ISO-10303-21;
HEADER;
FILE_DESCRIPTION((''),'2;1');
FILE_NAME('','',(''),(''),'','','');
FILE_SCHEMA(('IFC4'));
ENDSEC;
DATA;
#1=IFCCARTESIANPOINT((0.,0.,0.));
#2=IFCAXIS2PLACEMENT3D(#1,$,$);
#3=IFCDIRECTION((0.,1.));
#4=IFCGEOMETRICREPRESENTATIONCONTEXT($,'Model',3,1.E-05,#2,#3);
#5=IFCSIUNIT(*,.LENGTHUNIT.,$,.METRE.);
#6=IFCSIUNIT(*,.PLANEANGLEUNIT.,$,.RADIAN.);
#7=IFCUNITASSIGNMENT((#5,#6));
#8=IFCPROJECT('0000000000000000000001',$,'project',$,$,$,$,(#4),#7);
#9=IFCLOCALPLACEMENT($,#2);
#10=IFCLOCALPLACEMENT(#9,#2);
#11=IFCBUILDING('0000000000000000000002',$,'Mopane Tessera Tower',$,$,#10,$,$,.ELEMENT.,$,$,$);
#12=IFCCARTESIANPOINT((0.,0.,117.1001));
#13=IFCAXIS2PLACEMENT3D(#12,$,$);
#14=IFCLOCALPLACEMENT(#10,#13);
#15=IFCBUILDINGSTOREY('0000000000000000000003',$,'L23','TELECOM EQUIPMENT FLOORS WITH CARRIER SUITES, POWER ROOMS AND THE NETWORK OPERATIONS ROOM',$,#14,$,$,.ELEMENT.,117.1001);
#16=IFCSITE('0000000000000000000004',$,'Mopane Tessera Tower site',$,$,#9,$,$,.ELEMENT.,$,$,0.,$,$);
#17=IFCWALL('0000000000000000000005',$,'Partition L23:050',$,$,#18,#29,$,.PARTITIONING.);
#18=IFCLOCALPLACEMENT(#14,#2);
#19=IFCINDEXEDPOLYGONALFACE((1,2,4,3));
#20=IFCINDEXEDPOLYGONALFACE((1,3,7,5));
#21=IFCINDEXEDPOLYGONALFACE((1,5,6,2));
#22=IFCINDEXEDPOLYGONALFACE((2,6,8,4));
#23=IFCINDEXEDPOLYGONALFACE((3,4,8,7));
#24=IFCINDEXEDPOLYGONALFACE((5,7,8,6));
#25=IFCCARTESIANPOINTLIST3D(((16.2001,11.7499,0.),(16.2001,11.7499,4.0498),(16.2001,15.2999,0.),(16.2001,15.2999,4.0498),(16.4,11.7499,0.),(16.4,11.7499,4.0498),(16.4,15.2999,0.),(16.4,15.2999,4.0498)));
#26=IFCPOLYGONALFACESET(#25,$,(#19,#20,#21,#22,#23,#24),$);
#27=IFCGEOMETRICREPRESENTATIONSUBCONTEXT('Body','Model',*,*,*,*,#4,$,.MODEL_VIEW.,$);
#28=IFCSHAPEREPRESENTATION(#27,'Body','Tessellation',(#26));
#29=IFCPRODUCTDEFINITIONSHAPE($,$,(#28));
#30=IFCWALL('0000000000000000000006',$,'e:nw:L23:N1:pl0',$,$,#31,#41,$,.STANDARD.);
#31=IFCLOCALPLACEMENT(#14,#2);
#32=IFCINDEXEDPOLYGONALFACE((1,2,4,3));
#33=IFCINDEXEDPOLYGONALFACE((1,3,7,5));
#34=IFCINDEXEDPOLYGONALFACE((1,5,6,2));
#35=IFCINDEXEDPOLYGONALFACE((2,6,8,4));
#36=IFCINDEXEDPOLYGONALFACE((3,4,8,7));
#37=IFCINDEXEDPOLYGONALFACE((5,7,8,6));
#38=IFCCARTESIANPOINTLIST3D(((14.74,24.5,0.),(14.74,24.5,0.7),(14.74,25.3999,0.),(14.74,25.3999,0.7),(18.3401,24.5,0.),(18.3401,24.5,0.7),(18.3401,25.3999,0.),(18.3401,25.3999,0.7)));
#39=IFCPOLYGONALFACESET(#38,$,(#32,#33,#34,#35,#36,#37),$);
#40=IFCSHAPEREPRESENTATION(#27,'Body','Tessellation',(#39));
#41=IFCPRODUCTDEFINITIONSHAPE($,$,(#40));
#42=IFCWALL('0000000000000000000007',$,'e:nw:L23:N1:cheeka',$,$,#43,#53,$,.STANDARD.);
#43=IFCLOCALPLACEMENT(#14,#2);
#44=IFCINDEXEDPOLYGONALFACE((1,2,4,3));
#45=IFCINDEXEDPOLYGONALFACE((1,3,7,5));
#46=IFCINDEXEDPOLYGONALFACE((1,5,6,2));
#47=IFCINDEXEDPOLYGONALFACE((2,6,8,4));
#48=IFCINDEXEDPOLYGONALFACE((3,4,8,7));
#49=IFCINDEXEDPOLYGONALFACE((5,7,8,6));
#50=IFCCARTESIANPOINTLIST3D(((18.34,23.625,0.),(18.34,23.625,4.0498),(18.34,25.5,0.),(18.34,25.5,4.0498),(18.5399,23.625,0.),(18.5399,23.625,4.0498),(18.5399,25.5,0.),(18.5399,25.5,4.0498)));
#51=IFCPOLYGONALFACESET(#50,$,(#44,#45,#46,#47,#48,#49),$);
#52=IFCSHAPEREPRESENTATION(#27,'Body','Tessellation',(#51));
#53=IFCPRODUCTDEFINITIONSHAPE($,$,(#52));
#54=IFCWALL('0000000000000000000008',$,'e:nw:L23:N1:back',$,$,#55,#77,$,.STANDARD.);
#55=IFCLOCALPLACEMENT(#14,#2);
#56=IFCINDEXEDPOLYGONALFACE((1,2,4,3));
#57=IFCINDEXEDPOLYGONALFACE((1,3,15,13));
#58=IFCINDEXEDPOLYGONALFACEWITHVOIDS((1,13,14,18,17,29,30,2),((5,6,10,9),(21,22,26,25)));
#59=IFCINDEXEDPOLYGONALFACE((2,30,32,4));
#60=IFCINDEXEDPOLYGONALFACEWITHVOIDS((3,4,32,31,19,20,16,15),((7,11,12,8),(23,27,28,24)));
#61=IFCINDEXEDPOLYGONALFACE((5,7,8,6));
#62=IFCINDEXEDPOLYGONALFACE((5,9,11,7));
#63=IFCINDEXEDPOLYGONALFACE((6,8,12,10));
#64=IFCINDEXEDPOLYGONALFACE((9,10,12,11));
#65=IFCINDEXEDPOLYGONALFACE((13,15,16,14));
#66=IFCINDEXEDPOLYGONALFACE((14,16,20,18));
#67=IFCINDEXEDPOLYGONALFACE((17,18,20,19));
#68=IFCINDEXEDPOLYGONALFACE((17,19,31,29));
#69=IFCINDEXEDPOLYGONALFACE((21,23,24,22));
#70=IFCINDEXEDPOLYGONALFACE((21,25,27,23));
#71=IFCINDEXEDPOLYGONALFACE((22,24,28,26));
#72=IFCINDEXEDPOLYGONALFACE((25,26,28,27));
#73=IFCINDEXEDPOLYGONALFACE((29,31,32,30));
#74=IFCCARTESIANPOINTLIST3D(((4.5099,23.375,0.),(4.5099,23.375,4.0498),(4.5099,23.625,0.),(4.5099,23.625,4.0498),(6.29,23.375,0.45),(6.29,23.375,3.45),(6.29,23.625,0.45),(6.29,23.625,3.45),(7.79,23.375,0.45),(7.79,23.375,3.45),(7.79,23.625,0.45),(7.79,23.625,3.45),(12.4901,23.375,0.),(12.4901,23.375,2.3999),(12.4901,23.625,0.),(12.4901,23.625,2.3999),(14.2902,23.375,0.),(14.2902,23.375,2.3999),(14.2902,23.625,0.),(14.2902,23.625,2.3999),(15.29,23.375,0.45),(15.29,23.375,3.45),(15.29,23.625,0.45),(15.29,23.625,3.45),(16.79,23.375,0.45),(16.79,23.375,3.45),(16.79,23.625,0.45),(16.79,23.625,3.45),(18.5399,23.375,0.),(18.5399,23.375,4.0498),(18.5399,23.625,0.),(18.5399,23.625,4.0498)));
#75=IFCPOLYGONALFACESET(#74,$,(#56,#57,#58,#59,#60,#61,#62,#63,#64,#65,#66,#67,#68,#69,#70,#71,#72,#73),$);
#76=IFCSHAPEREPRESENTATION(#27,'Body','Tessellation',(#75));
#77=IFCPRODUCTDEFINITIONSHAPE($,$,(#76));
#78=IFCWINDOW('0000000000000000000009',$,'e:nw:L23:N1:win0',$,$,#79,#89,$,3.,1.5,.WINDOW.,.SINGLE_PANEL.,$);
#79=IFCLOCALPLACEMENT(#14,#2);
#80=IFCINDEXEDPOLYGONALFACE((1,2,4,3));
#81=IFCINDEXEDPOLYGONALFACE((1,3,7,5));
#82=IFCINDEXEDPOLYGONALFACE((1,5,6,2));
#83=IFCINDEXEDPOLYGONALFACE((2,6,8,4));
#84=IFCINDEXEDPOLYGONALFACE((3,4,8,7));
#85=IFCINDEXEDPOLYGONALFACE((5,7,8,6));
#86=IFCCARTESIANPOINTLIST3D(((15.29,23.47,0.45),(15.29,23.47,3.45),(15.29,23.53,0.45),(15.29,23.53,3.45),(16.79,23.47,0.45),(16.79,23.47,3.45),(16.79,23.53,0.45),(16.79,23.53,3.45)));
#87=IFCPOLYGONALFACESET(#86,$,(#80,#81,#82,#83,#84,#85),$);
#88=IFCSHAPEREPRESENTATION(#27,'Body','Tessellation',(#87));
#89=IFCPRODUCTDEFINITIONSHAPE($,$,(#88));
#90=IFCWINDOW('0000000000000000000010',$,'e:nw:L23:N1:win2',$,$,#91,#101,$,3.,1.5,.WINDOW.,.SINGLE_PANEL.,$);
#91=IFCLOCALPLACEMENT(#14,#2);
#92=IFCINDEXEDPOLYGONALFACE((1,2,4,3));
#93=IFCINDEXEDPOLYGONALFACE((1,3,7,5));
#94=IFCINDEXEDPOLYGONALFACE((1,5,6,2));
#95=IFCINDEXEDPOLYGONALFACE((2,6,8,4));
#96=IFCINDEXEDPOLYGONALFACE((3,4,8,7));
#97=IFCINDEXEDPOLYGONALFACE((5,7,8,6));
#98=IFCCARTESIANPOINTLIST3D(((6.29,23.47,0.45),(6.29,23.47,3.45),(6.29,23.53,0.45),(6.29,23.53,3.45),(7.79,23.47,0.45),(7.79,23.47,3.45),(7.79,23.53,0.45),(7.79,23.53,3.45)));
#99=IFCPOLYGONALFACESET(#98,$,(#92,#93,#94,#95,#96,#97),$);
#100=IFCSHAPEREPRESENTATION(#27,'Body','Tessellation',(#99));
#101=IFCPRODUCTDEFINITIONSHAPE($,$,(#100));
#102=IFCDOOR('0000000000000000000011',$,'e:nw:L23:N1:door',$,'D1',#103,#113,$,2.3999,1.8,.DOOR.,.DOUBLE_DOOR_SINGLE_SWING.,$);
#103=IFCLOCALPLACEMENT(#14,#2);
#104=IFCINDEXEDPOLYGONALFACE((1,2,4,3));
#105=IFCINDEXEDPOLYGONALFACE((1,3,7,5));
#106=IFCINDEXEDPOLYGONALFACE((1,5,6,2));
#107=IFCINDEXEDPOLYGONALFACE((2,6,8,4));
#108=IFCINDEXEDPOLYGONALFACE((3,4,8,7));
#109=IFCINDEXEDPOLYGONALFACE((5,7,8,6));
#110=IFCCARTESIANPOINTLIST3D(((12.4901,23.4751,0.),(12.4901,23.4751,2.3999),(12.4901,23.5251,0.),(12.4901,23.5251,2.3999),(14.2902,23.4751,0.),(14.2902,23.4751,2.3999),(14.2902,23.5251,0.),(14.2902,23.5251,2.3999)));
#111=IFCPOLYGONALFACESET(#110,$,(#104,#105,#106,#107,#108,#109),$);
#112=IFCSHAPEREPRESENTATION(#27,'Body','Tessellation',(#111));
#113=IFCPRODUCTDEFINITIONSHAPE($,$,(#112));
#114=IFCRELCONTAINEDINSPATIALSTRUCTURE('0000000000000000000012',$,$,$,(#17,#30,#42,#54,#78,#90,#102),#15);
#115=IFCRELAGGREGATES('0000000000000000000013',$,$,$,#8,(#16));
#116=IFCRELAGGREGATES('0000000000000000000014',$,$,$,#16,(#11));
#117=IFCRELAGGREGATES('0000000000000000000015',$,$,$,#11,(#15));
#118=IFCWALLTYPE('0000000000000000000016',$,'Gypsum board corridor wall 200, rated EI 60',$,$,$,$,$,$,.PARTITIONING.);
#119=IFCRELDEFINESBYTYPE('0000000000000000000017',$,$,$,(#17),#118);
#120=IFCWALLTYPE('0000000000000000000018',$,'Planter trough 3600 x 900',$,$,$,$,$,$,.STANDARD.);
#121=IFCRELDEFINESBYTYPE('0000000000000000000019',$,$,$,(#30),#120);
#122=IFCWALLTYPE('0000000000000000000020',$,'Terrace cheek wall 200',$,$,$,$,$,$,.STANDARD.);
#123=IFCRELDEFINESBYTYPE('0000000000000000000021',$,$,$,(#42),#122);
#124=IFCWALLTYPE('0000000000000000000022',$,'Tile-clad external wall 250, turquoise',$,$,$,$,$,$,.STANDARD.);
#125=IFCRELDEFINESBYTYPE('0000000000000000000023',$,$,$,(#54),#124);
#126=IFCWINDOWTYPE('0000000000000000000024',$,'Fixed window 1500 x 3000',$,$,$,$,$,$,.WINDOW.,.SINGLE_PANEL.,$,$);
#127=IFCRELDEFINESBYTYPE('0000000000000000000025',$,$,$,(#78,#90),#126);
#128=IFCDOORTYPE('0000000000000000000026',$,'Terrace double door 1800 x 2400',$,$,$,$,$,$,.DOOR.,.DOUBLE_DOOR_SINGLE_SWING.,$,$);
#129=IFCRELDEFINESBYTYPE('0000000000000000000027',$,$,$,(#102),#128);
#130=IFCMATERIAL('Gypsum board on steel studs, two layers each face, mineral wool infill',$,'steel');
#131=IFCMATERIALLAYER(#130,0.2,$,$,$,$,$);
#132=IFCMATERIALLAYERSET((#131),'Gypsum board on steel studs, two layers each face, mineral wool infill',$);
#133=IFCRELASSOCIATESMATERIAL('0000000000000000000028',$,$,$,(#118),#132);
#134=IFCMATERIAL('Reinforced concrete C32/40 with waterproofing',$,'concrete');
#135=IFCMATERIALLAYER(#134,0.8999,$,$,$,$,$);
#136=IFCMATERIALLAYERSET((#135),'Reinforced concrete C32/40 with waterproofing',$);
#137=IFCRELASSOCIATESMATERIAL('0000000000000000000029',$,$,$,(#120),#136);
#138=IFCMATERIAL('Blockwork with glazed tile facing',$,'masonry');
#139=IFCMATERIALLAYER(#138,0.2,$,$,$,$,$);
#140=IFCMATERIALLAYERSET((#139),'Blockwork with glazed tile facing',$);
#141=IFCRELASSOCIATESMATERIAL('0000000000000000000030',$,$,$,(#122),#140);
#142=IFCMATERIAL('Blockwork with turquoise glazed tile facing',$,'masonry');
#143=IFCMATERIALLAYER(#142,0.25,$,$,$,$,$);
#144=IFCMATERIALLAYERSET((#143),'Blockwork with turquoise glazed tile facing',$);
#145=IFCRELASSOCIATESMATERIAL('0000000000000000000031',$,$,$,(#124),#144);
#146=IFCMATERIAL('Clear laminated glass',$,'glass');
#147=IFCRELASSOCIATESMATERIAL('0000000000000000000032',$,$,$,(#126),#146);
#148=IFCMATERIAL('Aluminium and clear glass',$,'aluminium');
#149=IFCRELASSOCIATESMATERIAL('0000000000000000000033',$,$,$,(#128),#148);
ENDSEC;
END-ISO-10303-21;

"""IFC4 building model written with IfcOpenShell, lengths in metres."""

from ifc_helpers import new_model, si_unit, direction, frame, frame_2d, origin, place, context, subcontext, project, spatial, rectangle, extrude, material, layer, layer_set, type_object, element, fill, save


model = new_model("IFC4")

# Units and contexts
model_context = context("Model", 3, precision=1e-05, world=origin(), true_north=direction((0.0, 1.0)))
body_context = subcontext(model_context, "Body", "Model", "MODEL_VIEW")
ifc_project = project(units=[si_unit("LENGTHUNIT", "METRE"), si_unit("PLANEANGLEUNIT", "RADIAN")], contexts=[model_context])

# Site, building, storey
site_placement = place(None, origin())
site = spatial("IfcSite", under=ifc_project, at=site_placement, Name="Mopane Tessera Tower site", CompositionType="ELEMENT", RefElevation=0.0)
building_placement = place(site_placement, origin())
building = spatial("IfcBuilding", under=site, at=building_placement, Name="Mopane Tessera Tower", CompositionType="ELEMENT")
storey_placement = place(building_placement, frame((0.0, 0.0, 117.1001)))
storey = spatial("IfcBuildingStorey", under=building, at=storey_placement, Name="L23", Description="TELECOM EQUIPMENT FLOORS WITH CARRIER SUITES, POWER ROOMS AND THE NETWORK OPERATIONS ROOM", CompositionType="ELEMENT", Elevation=117.1001)

# Walls
ifc_material_1 = material(Name="Gypsum board on steel studs, two layers each face, mineral wool infill", Category="steel")
ifc_layer_1 = layer(ifc_material_1, 0.2)
ifc_layer_set_1 = layer_set([ifc_layer_1], Name="Gypsum board on steel studs, two layers each face, mineral wool infill")
wall_type_1 = type_object("IfcWallType", Name="Gypsum board corridor wall 200, rated EI 60", PredefinedType="PARTITIONING", material=ifc_layer_set_1)
wall_1_placement = place(storey_placement, frame((16.3, 11.75, 0.0), z_axis=(0.0, 0.0, 1.0), x_axis=(0.0, 1.0, 0.0)))
element("IfcWall", 1, at=wall_1_placement, inside=storey, type_object=wall_type_1, Name="Partition L23:050", PredefinedType="PARTITIONING", context=body_context, shape_type="SweptSolid", body=[
    extrude(rectangle(XDim=3.55, YDim=0.2, at=frame_2d((1.7749, 0.0))), origin(), (0.0, 0.0, 1.0), 4.0498),
])
ifc_material_2 = material(Name="Reinforced concrete C32/40 with waterproofing", Category="concrete")
ifc_layer_2 = layer(ifc_material_2, 0.8999)
ifc_layer_set_2 = layer_set([ifc_layer_2], Name="Reinforced concrete C32/40 with waterproofing")
wall_type_2 = type_object("IfcWallType", Name="Planter trough 3600 x 900", PredefinedType="STANDARD", material=ifc_layer_set_2)
wall_2_placement = place(storey_placement, frame((18.3401, 24.95, 0.0), z_axis=(0.0, 0.0, 1.0), x_axis=(-1.0, 0.0, 0.0)))
element("IfcWall", 2, at=wall_2_placement, inside=storey, type_object=wall_type_2, Name="e:nw:L23:N1:pl0", PredefinedType="STANDARD", context=body_context, shape_type="SweptSolid", body=[
    extrude(rectangle(XDim=3.6001, YDim=0.8999, at=frame_2d((1.8, 0.0))), origin(), (0.0, 0.0, 1.0), 0.7),
])
ifc_material_3 = material(Name="Blockwork with glazed tile facing", Category="masonry")
ifc_layer_3 = layer(ifc_material_3, 0.2)
ifc_layer_set_3 = layer_set([ifc_layer_3], Name="Blockwork with glazed tile facing")
wall_type_3 = type_object("IfcWallType", Name="Terrace cheek wall 200", PredefinedType="STANDARD", material=ifc_layer_set_3)
wall_3_placement = place(storey_placement, frame((18.4399, 25.5, 0.0), z_axis=(0.0, 0.0, 1.0), x_axis=(0.0, -1.0, 0.0)))
element("IfcWall", 3, at=wall_3_placement, inside=storey, type_object=wall_type_3, Name="e:nw:L23:N1:cheeka", PredefinedType="STANDARD", context=body_context, shape_type="SweptSolid", body=[
    extrude(rectangle(XDim=1.875, YDim=0.2, at=frame_2d((0.9375, 0.0))), origin(), (0.0, 0.0, 1.0), 4.0498),
])

# Wall, openings, windows, door
ifc_material_4 = material(Name="Blockwork with turquoise glazed tile facing", Category="masonry")
ifc_layer_4 = layer(ifc_material_4, 0.25)
ifc_layer_set_4 = layer_set([ifc_layer_4], Name="Blockwork with turquoise glazed tile facing")
wall_type_4 = type_object("IfcWallType", Name="Tile-clad external wall 250, turquoise", PredefinedType="STANDARD", material=ifc_layer_set_4)
wall_4_placement = place(storey_placement, frame((18.54, 23.5, 0.0), z_axis=(0.0, 0.0, 1.0), x_axis=(-1.0, 0.0, 0.0)))
wall_4 = element("IfcWall", 4, at=wall_4_placement, inside=storey, type_object=wall_type_4, Name="e:nw:L23:N1:back", PredefinedType="STANDARD", context=body_context, shape_type="SweptSolid", body=[
    extrude(rectangle(XDim=14.03, YDim=0.25, at=frame_2d((7.0151, 0.0))), origin(), (0.0, 0.0, 1.0), 4.0498),
])
opening_1_placement = place(wall_4_placement, frame((1.75, 0.0, 0.45)))
opening_1 = element("IfcOpeningElement", 5, at=opening_1_placement, cuts=wall_4, PredefinedType="OPENING", context=body_context, shape_type="SweptSolid", body=[
    extrude(rectangle(XDim=1.5, YDim=3.0, at=frame_2d((0.75, 1.5))), frame((0.0, 0.137, 0.0), z_axis=(0.0, -1.0, 0.0), x_axis=(1.0, 0.0, 0.0)), (0.0, 0.0, 1.0), 0.2739),
])
opening_2_placement = place(wall_4_placement, frame((4.25, 0.0, 0.0)))
opening_2 = element("IfcOpeningElement", 6, at=opening_2_placement, cuts=wall_4, PredefinedType="OPENING", context=body_context, shape_type="SweptSolid", body=[
    extrude(rectangle(XDim=1.8, YDim=2.3999, at=frame_2d((0.8999, 1.2))), frame((0.0, 0.137, 0.0), z_axis=(0.0, -1.0, 0.0), x_axis=(1.0, 0.0, 0.0)), (0.0, 0.0, 1.0), 0.2739),
])
opening_3_placement = place(wall_4_placement, frame((10.75, 0.0, 0.45)))
opening_3 = element("IfcOpeningElement", 7, at=opening_3_placement, cuts=wall_4, PredefinedType="OPENING", context=body_context, shape_type="SweptSolid", body=[
    extrude(rectangle(XDim=1.5, YDim=3.0, at=frame_2d((0.75, 1.5))), frame((0.0, 0.137, 0.0), z_axis=(0.0, -1.0, 0.0), x_axis=(1.0, 0.0, 0.0)), (0.0, 0.0, 1.0), 0.2739),
])
ifc_material_5 = material(Name="Clear laminated glass", Category="glass")
window_type = type_object("IfcWindowType", Name="Fixed window 1500 x 3000", PartitioningType="SINGLE_PANEL", PredefinedType="WINDOW", material=ifc_material_5)
window_1_placement = place(opening_1_placement, origin())
window_1 = element("IfcWindow", 8, at=window_1_placement, inside=storey, type_object=window_type, Name="e:nw:L23:N1:win0", OverallHeight=3.0, OverallWidth=1.5, PartitioningType="SINGLE_PANEL", PredefinedType="WINDOW", context=body_context, shape_type="SweptSolid", body=[
    extrude(rectangle(XDim=1.5, YDim=3.0, at=frame_2d((0.75, 1.5))), frame((0.0, 0.03, 0.0), z_axis=(0.0, -1.0, 0.0), x_axis=(1.0, 0.0, 0.0)), (0.0, 0.0, 1.0), 0.0601),
])
fill(opening_1, window_1)
window_2_placement = place(opening_3_placement, origin())
window_2 = element("IfcWindow", 9, at=window_2_placement, inside=storey, type_object=window_type, Name="e:nw:L23:N1:win2", OverallHeight=3.0, OverallWidth=1.5, PartitioningType="SINGLE_PANEL", PredefinedType="WINDOW", context=body_context, shape_type="SweptSolid", body=[
    extrude(rectangle(XDim=1.5, YDim=3.0, at=frame_2d((0.75, 1.5))), frame((0.0, 0.03, 0.0), z_axis=(0.0, -1.0, 0.0), x_axis=(1.0, 0.0, 0.0)), (0.0, 0.0, 1.0), 0.0601),
])
fill(opening_3, window_2)
ifc_material_6 = material(Name="Aluminium and clear glass", Category="aluminium")
door_type = type_object("IfcDoorType", Name="Terrace double door 1800 x 2400", OperationType="DOUBLE_DOOR_SINGLE_SWING", PredefinedType="DOOR", material=ifc_material_6)
door_placement = place(opening_2_placement, origin())
door = element("IfcDoor", 10, at=door_placement, inside=storey, type_object=door_type, Name="e:nw:L23:N1:door", ObjectType="D1", OperationType="DOUBLE_DOOR_SINGLE_SWING", OverallHeight=2.3999, OverallWidth=1.8, PredefinedType="DOOR", context=body_context, shape_type="SweptSolid", body=[
    extrude(rectangle(XDim=1.8, YDim=2.3999, at=frame_2d((0.8999, 1.2))), frame((0.0, 0.0249, 0.0), z_axis=(0.0, -1.0, 0.0), x_axis=(1.0, 0.0, 0.0)), (0.0, 0.0, 1.0), 0.05),
])
fill(opening_2, door)

save(model, "model.ifc")
